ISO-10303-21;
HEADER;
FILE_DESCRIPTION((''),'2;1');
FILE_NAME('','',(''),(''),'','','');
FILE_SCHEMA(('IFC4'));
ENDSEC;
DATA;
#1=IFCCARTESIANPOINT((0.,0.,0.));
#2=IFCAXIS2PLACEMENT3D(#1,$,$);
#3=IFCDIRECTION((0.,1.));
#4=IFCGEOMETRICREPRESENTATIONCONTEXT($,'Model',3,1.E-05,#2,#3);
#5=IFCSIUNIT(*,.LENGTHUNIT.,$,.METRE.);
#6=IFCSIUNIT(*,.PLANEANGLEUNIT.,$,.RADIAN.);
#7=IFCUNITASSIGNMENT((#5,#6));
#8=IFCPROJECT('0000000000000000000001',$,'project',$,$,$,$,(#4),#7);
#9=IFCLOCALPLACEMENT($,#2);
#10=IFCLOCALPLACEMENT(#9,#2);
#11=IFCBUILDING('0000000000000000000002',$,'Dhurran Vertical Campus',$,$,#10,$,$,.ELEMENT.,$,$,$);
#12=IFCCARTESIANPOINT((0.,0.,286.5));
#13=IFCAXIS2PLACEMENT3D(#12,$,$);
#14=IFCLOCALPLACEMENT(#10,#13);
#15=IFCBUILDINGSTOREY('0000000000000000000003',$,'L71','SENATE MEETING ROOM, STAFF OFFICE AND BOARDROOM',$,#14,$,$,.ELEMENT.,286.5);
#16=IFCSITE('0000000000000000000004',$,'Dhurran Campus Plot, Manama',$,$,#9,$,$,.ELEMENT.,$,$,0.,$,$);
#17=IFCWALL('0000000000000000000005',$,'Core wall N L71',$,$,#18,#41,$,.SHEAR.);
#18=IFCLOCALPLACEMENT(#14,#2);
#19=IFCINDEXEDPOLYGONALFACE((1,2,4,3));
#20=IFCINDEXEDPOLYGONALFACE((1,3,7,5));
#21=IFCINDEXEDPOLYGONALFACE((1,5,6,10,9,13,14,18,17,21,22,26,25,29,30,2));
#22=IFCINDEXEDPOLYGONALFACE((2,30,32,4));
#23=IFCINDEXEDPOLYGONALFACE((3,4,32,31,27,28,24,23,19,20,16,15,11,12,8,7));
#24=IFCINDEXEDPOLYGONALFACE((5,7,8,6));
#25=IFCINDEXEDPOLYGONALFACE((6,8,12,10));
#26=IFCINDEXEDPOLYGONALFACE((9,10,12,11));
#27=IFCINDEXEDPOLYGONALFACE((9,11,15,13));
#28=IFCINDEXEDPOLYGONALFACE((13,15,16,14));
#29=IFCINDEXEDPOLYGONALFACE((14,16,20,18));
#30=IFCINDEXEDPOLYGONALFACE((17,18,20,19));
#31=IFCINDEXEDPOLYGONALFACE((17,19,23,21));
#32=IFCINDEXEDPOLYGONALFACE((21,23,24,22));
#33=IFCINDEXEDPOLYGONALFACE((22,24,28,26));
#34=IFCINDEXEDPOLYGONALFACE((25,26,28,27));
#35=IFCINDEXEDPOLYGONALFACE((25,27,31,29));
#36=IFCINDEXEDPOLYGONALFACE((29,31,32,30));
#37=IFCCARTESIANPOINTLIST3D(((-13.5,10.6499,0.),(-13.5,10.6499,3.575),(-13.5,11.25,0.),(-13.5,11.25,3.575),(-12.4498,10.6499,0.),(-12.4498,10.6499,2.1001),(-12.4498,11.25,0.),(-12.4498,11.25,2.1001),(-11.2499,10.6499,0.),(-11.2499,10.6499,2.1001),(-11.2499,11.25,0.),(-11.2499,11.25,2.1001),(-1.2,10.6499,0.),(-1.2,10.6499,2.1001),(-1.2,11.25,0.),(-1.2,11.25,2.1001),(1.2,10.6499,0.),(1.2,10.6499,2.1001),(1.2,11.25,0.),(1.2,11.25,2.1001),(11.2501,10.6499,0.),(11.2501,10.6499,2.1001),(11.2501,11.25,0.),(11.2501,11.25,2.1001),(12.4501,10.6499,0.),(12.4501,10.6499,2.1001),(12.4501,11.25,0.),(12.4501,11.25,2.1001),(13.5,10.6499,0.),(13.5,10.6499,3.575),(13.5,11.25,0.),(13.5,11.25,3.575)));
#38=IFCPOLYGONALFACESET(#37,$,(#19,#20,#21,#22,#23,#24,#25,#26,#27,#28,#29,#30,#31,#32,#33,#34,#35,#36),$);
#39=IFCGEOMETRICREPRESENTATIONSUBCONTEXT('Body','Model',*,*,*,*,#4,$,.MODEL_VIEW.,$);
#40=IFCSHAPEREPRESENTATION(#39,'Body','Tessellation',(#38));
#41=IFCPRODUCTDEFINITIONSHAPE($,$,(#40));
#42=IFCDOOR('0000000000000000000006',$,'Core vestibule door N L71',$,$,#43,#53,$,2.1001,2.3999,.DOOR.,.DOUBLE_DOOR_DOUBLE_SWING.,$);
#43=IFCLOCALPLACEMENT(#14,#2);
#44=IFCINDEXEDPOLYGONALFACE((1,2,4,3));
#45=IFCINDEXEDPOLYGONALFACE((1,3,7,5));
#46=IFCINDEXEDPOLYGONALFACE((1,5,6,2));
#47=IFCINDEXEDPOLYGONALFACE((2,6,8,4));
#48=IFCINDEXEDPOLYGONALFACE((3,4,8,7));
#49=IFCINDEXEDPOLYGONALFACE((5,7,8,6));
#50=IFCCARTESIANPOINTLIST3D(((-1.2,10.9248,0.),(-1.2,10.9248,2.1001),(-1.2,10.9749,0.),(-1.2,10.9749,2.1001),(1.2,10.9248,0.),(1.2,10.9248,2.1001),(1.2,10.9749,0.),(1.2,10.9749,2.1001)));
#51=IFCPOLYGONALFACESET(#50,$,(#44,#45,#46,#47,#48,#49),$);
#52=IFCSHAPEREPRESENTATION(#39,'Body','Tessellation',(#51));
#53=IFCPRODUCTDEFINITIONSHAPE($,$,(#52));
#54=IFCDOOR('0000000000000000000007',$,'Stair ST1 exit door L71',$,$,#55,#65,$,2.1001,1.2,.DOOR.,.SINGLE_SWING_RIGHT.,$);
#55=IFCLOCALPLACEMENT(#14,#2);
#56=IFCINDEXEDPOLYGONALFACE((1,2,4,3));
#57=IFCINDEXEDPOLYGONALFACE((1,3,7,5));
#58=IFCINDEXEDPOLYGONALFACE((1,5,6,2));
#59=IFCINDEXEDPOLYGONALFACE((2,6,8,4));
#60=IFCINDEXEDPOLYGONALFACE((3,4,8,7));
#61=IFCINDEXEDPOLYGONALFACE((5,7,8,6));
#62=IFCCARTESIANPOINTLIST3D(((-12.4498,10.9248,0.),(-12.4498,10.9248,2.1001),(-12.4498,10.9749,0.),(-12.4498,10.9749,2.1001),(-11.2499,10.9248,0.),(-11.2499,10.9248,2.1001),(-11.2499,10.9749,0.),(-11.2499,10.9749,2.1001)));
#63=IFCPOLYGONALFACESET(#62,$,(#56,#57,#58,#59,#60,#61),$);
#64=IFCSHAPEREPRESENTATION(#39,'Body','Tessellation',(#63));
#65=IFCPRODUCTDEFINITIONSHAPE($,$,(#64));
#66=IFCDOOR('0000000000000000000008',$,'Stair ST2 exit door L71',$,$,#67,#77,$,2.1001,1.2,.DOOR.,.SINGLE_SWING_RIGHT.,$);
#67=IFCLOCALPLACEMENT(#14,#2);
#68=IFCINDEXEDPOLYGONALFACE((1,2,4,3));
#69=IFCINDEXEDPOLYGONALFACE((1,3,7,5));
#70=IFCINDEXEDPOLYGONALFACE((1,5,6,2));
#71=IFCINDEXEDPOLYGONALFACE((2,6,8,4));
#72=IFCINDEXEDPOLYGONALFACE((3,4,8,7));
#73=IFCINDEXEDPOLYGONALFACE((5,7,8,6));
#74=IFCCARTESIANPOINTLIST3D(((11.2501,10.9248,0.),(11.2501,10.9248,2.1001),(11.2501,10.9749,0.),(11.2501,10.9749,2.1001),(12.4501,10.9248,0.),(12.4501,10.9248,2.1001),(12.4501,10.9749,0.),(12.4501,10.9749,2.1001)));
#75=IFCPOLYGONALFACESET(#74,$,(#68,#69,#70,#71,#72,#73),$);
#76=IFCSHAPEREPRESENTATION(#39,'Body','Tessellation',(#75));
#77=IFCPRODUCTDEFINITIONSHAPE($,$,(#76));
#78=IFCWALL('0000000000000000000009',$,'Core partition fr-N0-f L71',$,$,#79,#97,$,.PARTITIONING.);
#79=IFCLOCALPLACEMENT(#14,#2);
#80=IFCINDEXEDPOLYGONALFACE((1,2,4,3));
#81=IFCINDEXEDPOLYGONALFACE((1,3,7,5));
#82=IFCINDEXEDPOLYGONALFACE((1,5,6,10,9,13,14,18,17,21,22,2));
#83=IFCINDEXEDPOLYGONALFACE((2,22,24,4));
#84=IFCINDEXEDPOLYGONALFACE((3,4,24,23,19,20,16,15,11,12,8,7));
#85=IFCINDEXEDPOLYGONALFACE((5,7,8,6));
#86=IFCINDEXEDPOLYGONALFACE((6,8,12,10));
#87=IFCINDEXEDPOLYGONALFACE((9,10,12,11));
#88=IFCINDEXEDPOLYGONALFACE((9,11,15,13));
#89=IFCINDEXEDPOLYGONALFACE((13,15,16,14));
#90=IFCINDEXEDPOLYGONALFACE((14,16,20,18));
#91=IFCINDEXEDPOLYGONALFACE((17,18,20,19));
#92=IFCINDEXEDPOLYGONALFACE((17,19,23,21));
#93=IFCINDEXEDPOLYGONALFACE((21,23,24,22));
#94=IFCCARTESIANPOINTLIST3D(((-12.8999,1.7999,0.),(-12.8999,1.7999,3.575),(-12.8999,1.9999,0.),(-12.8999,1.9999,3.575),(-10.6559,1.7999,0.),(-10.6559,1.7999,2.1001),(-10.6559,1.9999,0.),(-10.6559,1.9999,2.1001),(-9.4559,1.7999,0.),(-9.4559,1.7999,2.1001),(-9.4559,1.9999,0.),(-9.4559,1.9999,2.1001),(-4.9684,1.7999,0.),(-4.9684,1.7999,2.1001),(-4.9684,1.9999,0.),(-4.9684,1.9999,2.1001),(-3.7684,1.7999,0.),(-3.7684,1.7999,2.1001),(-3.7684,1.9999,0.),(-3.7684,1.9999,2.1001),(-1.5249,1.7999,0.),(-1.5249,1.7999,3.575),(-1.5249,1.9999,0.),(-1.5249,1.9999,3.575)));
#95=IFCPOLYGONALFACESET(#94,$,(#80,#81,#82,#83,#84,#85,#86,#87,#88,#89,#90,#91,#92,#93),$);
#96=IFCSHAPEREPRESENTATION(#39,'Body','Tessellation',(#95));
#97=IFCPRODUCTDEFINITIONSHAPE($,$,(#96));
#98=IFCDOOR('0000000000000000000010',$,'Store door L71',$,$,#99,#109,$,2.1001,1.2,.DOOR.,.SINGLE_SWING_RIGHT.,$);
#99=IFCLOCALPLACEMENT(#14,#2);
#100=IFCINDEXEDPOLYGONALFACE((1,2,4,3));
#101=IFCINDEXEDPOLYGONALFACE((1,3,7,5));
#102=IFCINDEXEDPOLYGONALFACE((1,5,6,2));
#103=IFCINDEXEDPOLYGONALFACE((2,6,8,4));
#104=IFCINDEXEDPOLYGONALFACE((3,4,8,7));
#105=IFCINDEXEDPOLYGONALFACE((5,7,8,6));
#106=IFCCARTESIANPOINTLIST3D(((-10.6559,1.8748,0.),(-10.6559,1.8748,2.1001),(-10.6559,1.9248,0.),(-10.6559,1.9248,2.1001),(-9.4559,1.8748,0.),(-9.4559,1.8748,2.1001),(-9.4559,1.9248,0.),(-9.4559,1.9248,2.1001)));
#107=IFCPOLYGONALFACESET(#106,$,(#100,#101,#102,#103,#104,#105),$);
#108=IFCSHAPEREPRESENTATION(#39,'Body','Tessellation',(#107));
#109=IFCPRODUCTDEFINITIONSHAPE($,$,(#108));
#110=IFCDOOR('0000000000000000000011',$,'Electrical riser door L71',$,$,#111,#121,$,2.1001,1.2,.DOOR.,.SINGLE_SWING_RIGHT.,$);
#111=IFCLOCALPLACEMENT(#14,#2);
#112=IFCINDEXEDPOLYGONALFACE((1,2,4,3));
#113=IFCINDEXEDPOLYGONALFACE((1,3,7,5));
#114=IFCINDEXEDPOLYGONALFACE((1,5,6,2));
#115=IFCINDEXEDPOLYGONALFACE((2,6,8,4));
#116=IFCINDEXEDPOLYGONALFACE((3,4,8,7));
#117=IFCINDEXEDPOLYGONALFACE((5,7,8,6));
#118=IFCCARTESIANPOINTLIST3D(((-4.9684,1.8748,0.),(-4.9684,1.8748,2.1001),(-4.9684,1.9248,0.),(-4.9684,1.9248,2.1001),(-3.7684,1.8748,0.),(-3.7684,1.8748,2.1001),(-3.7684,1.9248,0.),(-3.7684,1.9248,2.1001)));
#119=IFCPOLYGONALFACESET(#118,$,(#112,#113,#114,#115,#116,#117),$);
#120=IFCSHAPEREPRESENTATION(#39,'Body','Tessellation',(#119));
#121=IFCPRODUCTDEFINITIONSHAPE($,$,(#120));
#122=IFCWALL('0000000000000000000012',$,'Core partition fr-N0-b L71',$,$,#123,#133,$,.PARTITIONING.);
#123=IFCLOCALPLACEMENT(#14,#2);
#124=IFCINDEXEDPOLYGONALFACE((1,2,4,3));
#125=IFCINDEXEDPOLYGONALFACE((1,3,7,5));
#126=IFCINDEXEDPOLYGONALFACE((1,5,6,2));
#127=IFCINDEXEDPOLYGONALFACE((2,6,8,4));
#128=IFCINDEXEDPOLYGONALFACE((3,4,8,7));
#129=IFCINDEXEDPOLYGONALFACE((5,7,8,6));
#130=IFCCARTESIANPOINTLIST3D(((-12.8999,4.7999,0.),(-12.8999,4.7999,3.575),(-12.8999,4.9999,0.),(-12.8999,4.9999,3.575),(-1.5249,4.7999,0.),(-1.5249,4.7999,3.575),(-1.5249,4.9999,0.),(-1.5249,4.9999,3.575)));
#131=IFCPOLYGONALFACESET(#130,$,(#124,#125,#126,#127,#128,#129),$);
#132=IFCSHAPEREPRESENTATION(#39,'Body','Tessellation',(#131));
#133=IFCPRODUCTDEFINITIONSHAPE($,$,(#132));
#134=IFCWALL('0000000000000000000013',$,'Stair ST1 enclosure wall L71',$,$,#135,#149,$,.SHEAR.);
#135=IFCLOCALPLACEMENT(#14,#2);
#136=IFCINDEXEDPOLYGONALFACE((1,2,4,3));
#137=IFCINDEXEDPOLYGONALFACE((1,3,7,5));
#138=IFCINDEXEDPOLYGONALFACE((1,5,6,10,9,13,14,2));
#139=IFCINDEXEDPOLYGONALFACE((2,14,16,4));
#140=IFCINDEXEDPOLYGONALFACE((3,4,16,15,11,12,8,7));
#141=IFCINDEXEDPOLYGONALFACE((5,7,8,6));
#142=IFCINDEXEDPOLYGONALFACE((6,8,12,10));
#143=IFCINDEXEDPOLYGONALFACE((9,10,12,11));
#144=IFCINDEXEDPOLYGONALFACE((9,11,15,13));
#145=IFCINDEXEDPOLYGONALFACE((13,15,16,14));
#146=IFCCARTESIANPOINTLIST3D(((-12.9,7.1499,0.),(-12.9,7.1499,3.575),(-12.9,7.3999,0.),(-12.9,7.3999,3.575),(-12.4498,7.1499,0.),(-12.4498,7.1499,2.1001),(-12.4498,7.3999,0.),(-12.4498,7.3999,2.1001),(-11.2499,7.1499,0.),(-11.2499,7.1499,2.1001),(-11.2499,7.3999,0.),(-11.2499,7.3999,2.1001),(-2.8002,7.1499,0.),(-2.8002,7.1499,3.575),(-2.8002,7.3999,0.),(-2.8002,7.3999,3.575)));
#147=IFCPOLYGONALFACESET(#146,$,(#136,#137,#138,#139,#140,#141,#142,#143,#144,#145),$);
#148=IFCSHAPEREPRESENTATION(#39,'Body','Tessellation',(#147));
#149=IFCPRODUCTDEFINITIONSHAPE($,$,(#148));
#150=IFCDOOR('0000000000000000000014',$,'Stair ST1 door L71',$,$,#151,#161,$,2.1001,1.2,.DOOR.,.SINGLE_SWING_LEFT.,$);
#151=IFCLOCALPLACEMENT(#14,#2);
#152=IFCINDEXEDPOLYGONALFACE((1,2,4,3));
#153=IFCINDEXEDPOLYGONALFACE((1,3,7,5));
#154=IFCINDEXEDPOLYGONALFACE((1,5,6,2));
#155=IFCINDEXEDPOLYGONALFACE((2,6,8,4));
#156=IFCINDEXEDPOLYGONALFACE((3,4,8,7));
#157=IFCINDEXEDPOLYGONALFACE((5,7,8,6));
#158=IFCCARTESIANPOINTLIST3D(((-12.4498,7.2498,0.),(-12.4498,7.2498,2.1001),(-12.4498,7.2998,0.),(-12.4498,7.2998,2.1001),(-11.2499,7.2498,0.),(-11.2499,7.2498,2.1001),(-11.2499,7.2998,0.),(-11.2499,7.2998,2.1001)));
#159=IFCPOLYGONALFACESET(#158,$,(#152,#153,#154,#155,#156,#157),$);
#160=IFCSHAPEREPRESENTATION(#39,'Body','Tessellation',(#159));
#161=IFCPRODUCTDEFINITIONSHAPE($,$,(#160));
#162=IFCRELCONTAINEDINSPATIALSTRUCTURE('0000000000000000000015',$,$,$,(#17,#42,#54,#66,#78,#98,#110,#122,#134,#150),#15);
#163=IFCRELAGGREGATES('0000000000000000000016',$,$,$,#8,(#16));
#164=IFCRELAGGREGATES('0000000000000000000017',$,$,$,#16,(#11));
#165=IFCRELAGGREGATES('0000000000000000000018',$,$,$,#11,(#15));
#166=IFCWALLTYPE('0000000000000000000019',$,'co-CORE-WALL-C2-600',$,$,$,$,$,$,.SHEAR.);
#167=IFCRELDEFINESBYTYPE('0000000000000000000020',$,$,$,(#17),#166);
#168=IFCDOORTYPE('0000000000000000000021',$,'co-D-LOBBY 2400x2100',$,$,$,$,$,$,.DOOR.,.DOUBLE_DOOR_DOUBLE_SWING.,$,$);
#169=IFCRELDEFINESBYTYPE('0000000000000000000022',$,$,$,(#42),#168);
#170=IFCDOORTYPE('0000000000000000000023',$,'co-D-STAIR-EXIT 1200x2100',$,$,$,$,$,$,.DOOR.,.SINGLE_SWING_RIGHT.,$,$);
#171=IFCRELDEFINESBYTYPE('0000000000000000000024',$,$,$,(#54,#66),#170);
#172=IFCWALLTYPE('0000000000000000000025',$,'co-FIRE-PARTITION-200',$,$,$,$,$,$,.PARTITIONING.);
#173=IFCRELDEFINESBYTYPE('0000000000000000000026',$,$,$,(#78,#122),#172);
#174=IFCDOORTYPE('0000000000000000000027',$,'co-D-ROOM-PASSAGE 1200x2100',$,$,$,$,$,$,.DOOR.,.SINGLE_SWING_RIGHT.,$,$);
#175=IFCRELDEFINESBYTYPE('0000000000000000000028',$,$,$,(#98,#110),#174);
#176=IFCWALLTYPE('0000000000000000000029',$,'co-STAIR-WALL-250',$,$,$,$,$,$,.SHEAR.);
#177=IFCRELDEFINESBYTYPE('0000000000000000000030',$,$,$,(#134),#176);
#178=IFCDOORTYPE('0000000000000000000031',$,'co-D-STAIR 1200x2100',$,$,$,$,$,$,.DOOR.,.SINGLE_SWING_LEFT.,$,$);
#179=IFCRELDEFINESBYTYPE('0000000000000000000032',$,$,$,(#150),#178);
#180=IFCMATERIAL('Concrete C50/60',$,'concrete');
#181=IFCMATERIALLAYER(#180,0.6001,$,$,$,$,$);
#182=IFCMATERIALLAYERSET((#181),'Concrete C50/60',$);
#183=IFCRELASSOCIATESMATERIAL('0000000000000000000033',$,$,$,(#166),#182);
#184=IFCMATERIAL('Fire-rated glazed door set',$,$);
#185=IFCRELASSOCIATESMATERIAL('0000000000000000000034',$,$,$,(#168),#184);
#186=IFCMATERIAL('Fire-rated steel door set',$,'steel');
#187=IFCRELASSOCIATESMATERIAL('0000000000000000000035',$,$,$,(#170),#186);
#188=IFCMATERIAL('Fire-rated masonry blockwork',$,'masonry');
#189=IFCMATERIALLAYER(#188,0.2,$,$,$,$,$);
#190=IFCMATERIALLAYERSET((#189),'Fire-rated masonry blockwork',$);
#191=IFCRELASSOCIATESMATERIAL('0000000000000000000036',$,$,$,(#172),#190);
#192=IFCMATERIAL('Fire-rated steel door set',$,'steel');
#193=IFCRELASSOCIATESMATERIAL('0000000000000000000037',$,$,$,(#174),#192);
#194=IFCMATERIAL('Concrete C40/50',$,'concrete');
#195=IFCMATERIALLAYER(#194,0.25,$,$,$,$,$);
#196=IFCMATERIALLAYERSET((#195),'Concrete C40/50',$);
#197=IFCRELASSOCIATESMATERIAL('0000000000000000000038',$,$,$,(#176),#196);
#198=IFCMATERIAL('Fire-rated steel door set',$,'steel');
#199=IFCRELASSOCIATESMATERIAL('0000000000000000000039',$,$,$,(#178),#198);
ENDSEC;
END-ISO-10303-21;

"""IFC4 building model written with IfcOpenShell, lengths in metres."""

from ifc_helpers import new_model, si_unit, direction, frame, frame_2d, origin, place, context, subcontext, project, spatial, rectangle, extrude, material, layer, layer_set, type_object, element, fill, save


model = new_model("IFC4")

# Units and contexts
model_context = context("Model", 3, precision=1e-05, world=origin(), true_north=direction((0.0, 1.0)))
body_context = subcontext(model_context, "Body", "Model", "MODEL_VIEW")
ifc_project = project(units=[si_unit("LENGTHUNIT", "METRE"), si_unit("PLANEANGLEUNIT", "RADIAN")], contexts=[model_context])

# Site, building, storey
site_placement = place(None, origin())
site = spatial("IfcSite", under=ifc_project, at=site_placement, Name="Dhurran Campus Plot, Manama", CompositionType="ELEMENT", RefElevation=0.0)
building_placement = place(site_placement, origin())
building = spatial("IfcBuilding", under=site, at=building_placement, Name="Dhurran Vertical Campus", CompositionType="ELEMENT")
storey_placement = place(building_placement, frame((0.0, 0.0, 286.5)))
storey = spatial("IfcBuildingStorey", under=building, at=storey_placement, Name="L71", Description="SENATE MEETING ROOM, STAFF OFFICE AND BOARDROOM", CompositionType="ELEMENT", Elevation=286.5)

# Walls, openings, doors
ifc_material_1 = material(Name="Concrete C50/60", Category="concrete")
ifc_layer_1 = layer(ifc_material_1, 0.6001)
ifc_layer_set_1 = layer_set([ifc_layer_1], Name="Concrete C50/60")
wall_type_1 = type_object("IfcWallType", Name="co-CORE-WALL-C2-600", PredefinedType="SHEAR", material=ifc_layer_set_1)
wall_1_placement = place(storey_placement, frame((-13.5, 10.95, 0.0), z_axis=(0.0, 0.0, 1.0), x_axis=(1.0, 0.0, 0.0)))
wall_1 = element("IfcWall", 1, at=wall_1_placement, inside=storey, type_object=wall_type_1, Name="Core wall N L71", PredefinedType="SHEAR", context=body_context, shape_type="SweptSolid", body=[
    extrude(rectangle(XDim=27.0, YDim=0.6001, at=frame_2d((13.5, 0.0))), origin(), (0.0, 0.0, 1.0), 3.575),
])
opening_1_placement = place(wall_1_placement, frame((12.3, 0.0, 0.0)))
opening_1 = element("IfcOpeningElement", 2, at=opening_1_placement, cuts=wall_1, PredefinedType="OPENING", context=body_context, shape_type="SweptSolid", body=[
    extrude(rectangle(XDim=2.3999, YDim=2.1001, at=frame_2d((1.2, 1.05))), frame((0.0, 0.3101, 0.0), z_axis=(0.0, -1.0, 0.0), x_axis=(1.0, 0.0, 0.0)), (0.0, 0.0, 1.0), 0.6201),
])
opening_2_placement = place(wall_1_placement, frame((1.05, 0.0, 0.0)))
opening_2 = element("IfcOpeningElement", 3, at=opening_2_placement, cuts=wall_1, PredefinedType="OPENING", context=body_context, shape_type="SweptSolid", body=[
    extrude(rectangle(XDim=1.2, YDim=2.1001, at=frame_2d((0.6001, 1.05))), frame((0.0, 0.3101, 0.0), z_axis=(0.0, -1.0, 0.0), x_axis=(1.0, 0.0, 0.0)), (0.0, 0.0, 1.0), 0.6201),
])
opening_3_placement = place(wall_1_placement, frame((24.75, 0.0, 0.0)))
opening_3 = element("IfcOpeningElement", 4, at=opening_3_placement, cuts=wall_1, PredefinedType="OPENING", context=body_context, shape_type="SweptSolid", body=[
    extrude(rectangle(XDim=1.2, YDim=2.1001, at=frame_2d((0.6001, 1.05))), frame((0.0, 0.3101, 0.0), z_axis=(0.0, -1.0, 0.0), x_axis=(1.0, 0.0, 0.0)), (0.0, 0.0, 1.0), 0.6201),
])
ifc_material_2 = material(Name="Fire-rated glazed door set")
door_type_1 = type_object("IfcDoorType", Name="co-D-LOBBY 2400x2100", OperationType="DOUBLE_DOOR_DOUBLE_SWING", PredefinedType="DOOR", material=ifc_material_2)
door_1_placement = place(opening_1_placement, origin())
door_1 = element("IfcDoor", 5, at=door_1_placement, inside=storey, type_object=door_type_1, Name="Core vestibule door N L71", OperationType="DOUBLE_DOOR_DOUBLE_SWING", OverallHeight=2.1001, OverallWidth=2.3999, PredefinedType="DOOR", context=body_context, shape_type="SweptSolid", body=[
    extrude(rectangle(XDim=2.3999, YDim=2.1001, at=frame_2d((1.2, 1.05))), frame((0.0, 0.0249, 0.0), z_axis=(0.0, -1.0, 0.0), x_axis=(1.0, 0.0, 0.0)), (0.0, 0.0, 1.0), 0.05),
])
fill(opening_1, door_1)
ifc_material_3 = material(Name="Fire-rated steel door set", Category="steel")
door_type_2 = type_object("IfcDoorType", Name="co-D-STAIR-EXIT 1200x2100", OperationType="SINGLE_SWING_RIGHT", PredefinedType="DOOR", material=ifc_material_3)
door_2_placement = place(opening_2_placement, origin())
door_2 = element("IfcDoor", 6, at=door_2_placement, inside=storey, type_object=door_type_2, Name="Stair ST1 exit door L71", OperationType="SINGLE_SWING_RIGHT", OverallHeight=2.1001, OverallWidth=1.2, PredefinedType="DOOR", context=body_context, shape_type="SweptSolid", body=[
    extrude(rectangle(XDim=1.2, YDim=2.1001, at=frame_2d((0.6001, 1.05))), frame((0.0, 0.0249, 0.0), z_axis=(0.0, -1.0, 0.0), x_axis=(1.0, 0.0, 0.0)), (0.0, 0.0, 1.0), 0.05),
])
fill(opening_2, door_2)
door_3_placement = place(opening_3_placement, origin())
door_3 = element("IfcDoor", 7, at=door_3_placement, inside=storey, type_object=door_type_2, Name="Stair ST2 exit door L71", OperationType="SINGLE_SWING_RIGHT", OverallHeight=2.1001, OverallWidth=1.2, PredefinedType="DOOR", context=body_context, shape_type="SweptSolid", body=[
    extrude(rectangle(XDim=1.2, YDim=2.1001, at=frame_2d((0.6001, 1.05))), frame((0.0, 0.0249, 0.0), z_axis=(0.0, -1.0, 0.0), x_axis=(1.0, 0.0, 0.0)), (0.0, 0.0, 1.0), 0.05),
])
fill(opening_3, door_3)
ifc_material_4 = material(Name="Fire-rated masonry blockwork", Category="masonry")
ifc_layer_2 = layer(ifc_material_4, 0.2)
ifc_layer_set_2 = layer_set([ifc_layer_2], Name="Fire-rated masonry blockwork")
wall_type_2 = type_object("IfcWallType", Name="co-FIRE-PARTITION-200", PredefinedType="PARTITIONING", material=ifc_layer_set_2)
wall_2_placement = place(storey_placement, frame((-12.8999, 1.8999, 0.0), z_axis=(0.0, 0.0, 1.0), x_axis=(1.0, 0.0, 0.0)))
wall_2 = element("IfcWall", 8, at=wall_2_placement, inside=storey, type_object=wall_type_2, Name="Core partition fr-N0-f L71", PredefinedType="PARTITIONING", context=body_context, shape_type="SweptSolid", body=[
    extrude(rectangle(XDim=11.375, YDim=0.2, at=frame_2d((5.6875, 0.0))), origin(), (0.0, 0.0, 1.0), 3.575),
])
opening_4_placement = place(wall_2_placement, frame((2.2439, 0.0, 0.0)))
opening_4 = element("IfcOpeningElement", 9, at=opening_4_placement, cuts=wall_2, PredefinedType="OPENING", context=body_context, shape_type="SweptSolid", body=[
    extrude(rectangle(XDim=1.2, YDim=2.1001, at=frame_2d((0.6001, 1.05))), frame((0.0, 0.1099, 0.0), z_axis=(0.0, -1.0, 0.0), x_axis=(1.0, 0.0, 0.0)), (0.0, 0.0, 1.0), 0.22),
])
opening_5_placement = place(wall_2_placement, frame((7.9314, 0.0, 0.0)))
opening_5 = element("IfcOpeningElement", 10, at=opening_5_placement, cuts=wall_2, PredefinedType="OPENING", context=body_context, shape_type="SweptSolid", body=[
    extrude(rectangle(XDim=1.2, YDim=2.1001, at=frame_2d((0.6001, 1.05))), frame((0.0, 0.1099, 0.0), z_axis=(0.0, -1.0, 0.0), x_axis=(1.0, 0.0, 0.0)), (0.0, 0.0, 1.0), 0.22),
])
ifc_material_5 = material(Name="Fire-rated steel door set", Category="steel")
door_type_3 = type_object("IfcDoorType", Name="co-D-ROOM-PASSAGE 1200x2100", OperationType="SINGLE_SWING_RIGHT", PredefinedType="DOOR", material=ifc_material_5)
door_4_placement = place(opening_4_placement, origin())
door_4 = element("IfcDoor", 11, at=door_4_placement, inside=storey, type_object=door_type_3, Name="Store door L71", OperationType="SINGLE_SWING_RIGHT", OverallHeight=2.1001, OverallWidth=1.2, PredefinedType="DOOR", context=body_context, shape_type="SweptSolid", body=[
    extrude(rectangle(XDim=1.2, YDim=2.1001, at=frame_2d((0.6001, 1.05))), frame((0.0, 0.0249, 0.0), z_axis=(0.0, -1.0, 0.0), x_axis=(1.0, 0.0, 0.0)), (0.0, 0.0, 1.0), 0.05),
])
fill(opening_4, door_4)
door_5_placement = place(opening_5_placement, origin())
door_5 = element("IfcDoor", 12, at=door_5_placement, inside=storey, type_object=door_type_3, Name="Electrical riser door L71", OperationType="SINGLE_SWING_RIGHT", OverallHeight=2.1001, OverallWidth=1.2, PredefinedType="DOOR", context=body_context, shape_type="SweptSolid", body=[
    extrude(rectangle(XDim=1.2, YDim=2.1001, at=frame_2d((0.6001, 1.05))), frame((0.0, 0.0249, 0.0), z_axis=(0.0, -1.0, 0.0), x_axis=(1.0, 0.0, 0.0)), (0.0, 0.0, 1.0), 0.05),
])
fill(opening_5, door_5)

# Wall
wall_3_placement = place(storey_placement, frame((-12.8999, 4.8999, 0.0), z_axis=(0.0, 0.0, 1.0), x_axis=(1.0, 0.0, 0.0)))
element("IfcWall", 13, at=wall_3_placement, inside=storey, type_object=wall_type_2, Name="Core partition fr-N0-b L71", PredefinedType="PARTITIONING", context=body_context, shape_type="SweptSolid", body=[
    extrude(rectangle(XDim=11.375, YDim=0.2, at=frame_2d((5.6875, 0.0))), origin(), (0.0, 0.0, 1.0), 3.575),
])

# Wall, opening, door
ifc_material_6 = material(Name="Concrete C40/50", Category="concrete")
ifc_layer_3 = layer(ifc_material_6, 0.25)
ifc_layer_set_3 = layer_set([ifc_layer_3], Name="Concrete C40/50")
wall_type_3 = type_object("IfcWallType", Name="co-STAIR-WALL-250", PredefinedType="SHEAR", material=ifc_layer_set_3)
wall_4_placement = place(storey_placement, frame((-12.8999, 7.2749, 0.0), z_axis=(0.0, 0.0, 1.0), x_axis=(1.0, 0.0, 0.0)))
wall_4 = element("IfcWall", 14, at=wall_4_placement, inside=storey, type_object=wall_type_3, Name="Stair ST1 enclosure wall L71", PredefinedType="SHEAR", context=body_context, shape_type="SweptSolid", body=[
    extrude(rectangle(XDim=10.0999, YDim=0.25, at=frame_2d((5.0498, 0.0))), origin(), (0.0, 0.0, 1.0), 3.575),
])
opening_6_placement = place(wall_4_placement, frame((0.45, 0.0, 0.0)))
opening_6 = element("IfcOpeningElement", 15, at=opening_6_placement, cuts=wall_4, PredefinedType="OPENING", context=body_context, shape_type="SweptSolid", body=[
    extrude(rectangle(XDim=1.2, YDim=2.1001, at=frame_2d((0.6001, 1.05))), frame((0.0, 0.135, 0.0), z_axis=(0.0, -1.0, 0.0), x_axis=(1.0, 0.0, 0.0)), (0.0, 0.0, 1.0), 0.27),
])
ifc_material_7 = material(Name="Fire-rated steel door set", Category="steel")
door_type_4 = type_object("IfcDoorType", Name="co-D-STAIR 1200x2100", OperationType="SINGLE_SWING_LEFT", PredefinedType="DOOR", material=ifc_material_7)
door_6_placement = place(opening_6_placement, origin())
door_6 = element("IfcDoor", 16, at=door_6_placement, inside=storey, type_object=door_type_4, Name="Stair ST1 door L71", OperationType="SINGLE_SWING_LEFT", OverallHeight=2.1001, OverallWidth=1.2, PredefinedType="DOOR", context=body_context, shape_type="SweptSolid", body=[
    extrude(rectangle(XDim=1.2, YDim=2.1001, at=frame_2d((0.6001, 1.05))), frame((0.0, 0.0249, 0.0), z_axis=(0.0, -1.0, 0.0), x_axis=(1.0, 0.0, 0.0)), (0.0, 0.0, 1.0), 0.05),
])
fill(opening_6, door_6)

save(model, "model.ifc")
